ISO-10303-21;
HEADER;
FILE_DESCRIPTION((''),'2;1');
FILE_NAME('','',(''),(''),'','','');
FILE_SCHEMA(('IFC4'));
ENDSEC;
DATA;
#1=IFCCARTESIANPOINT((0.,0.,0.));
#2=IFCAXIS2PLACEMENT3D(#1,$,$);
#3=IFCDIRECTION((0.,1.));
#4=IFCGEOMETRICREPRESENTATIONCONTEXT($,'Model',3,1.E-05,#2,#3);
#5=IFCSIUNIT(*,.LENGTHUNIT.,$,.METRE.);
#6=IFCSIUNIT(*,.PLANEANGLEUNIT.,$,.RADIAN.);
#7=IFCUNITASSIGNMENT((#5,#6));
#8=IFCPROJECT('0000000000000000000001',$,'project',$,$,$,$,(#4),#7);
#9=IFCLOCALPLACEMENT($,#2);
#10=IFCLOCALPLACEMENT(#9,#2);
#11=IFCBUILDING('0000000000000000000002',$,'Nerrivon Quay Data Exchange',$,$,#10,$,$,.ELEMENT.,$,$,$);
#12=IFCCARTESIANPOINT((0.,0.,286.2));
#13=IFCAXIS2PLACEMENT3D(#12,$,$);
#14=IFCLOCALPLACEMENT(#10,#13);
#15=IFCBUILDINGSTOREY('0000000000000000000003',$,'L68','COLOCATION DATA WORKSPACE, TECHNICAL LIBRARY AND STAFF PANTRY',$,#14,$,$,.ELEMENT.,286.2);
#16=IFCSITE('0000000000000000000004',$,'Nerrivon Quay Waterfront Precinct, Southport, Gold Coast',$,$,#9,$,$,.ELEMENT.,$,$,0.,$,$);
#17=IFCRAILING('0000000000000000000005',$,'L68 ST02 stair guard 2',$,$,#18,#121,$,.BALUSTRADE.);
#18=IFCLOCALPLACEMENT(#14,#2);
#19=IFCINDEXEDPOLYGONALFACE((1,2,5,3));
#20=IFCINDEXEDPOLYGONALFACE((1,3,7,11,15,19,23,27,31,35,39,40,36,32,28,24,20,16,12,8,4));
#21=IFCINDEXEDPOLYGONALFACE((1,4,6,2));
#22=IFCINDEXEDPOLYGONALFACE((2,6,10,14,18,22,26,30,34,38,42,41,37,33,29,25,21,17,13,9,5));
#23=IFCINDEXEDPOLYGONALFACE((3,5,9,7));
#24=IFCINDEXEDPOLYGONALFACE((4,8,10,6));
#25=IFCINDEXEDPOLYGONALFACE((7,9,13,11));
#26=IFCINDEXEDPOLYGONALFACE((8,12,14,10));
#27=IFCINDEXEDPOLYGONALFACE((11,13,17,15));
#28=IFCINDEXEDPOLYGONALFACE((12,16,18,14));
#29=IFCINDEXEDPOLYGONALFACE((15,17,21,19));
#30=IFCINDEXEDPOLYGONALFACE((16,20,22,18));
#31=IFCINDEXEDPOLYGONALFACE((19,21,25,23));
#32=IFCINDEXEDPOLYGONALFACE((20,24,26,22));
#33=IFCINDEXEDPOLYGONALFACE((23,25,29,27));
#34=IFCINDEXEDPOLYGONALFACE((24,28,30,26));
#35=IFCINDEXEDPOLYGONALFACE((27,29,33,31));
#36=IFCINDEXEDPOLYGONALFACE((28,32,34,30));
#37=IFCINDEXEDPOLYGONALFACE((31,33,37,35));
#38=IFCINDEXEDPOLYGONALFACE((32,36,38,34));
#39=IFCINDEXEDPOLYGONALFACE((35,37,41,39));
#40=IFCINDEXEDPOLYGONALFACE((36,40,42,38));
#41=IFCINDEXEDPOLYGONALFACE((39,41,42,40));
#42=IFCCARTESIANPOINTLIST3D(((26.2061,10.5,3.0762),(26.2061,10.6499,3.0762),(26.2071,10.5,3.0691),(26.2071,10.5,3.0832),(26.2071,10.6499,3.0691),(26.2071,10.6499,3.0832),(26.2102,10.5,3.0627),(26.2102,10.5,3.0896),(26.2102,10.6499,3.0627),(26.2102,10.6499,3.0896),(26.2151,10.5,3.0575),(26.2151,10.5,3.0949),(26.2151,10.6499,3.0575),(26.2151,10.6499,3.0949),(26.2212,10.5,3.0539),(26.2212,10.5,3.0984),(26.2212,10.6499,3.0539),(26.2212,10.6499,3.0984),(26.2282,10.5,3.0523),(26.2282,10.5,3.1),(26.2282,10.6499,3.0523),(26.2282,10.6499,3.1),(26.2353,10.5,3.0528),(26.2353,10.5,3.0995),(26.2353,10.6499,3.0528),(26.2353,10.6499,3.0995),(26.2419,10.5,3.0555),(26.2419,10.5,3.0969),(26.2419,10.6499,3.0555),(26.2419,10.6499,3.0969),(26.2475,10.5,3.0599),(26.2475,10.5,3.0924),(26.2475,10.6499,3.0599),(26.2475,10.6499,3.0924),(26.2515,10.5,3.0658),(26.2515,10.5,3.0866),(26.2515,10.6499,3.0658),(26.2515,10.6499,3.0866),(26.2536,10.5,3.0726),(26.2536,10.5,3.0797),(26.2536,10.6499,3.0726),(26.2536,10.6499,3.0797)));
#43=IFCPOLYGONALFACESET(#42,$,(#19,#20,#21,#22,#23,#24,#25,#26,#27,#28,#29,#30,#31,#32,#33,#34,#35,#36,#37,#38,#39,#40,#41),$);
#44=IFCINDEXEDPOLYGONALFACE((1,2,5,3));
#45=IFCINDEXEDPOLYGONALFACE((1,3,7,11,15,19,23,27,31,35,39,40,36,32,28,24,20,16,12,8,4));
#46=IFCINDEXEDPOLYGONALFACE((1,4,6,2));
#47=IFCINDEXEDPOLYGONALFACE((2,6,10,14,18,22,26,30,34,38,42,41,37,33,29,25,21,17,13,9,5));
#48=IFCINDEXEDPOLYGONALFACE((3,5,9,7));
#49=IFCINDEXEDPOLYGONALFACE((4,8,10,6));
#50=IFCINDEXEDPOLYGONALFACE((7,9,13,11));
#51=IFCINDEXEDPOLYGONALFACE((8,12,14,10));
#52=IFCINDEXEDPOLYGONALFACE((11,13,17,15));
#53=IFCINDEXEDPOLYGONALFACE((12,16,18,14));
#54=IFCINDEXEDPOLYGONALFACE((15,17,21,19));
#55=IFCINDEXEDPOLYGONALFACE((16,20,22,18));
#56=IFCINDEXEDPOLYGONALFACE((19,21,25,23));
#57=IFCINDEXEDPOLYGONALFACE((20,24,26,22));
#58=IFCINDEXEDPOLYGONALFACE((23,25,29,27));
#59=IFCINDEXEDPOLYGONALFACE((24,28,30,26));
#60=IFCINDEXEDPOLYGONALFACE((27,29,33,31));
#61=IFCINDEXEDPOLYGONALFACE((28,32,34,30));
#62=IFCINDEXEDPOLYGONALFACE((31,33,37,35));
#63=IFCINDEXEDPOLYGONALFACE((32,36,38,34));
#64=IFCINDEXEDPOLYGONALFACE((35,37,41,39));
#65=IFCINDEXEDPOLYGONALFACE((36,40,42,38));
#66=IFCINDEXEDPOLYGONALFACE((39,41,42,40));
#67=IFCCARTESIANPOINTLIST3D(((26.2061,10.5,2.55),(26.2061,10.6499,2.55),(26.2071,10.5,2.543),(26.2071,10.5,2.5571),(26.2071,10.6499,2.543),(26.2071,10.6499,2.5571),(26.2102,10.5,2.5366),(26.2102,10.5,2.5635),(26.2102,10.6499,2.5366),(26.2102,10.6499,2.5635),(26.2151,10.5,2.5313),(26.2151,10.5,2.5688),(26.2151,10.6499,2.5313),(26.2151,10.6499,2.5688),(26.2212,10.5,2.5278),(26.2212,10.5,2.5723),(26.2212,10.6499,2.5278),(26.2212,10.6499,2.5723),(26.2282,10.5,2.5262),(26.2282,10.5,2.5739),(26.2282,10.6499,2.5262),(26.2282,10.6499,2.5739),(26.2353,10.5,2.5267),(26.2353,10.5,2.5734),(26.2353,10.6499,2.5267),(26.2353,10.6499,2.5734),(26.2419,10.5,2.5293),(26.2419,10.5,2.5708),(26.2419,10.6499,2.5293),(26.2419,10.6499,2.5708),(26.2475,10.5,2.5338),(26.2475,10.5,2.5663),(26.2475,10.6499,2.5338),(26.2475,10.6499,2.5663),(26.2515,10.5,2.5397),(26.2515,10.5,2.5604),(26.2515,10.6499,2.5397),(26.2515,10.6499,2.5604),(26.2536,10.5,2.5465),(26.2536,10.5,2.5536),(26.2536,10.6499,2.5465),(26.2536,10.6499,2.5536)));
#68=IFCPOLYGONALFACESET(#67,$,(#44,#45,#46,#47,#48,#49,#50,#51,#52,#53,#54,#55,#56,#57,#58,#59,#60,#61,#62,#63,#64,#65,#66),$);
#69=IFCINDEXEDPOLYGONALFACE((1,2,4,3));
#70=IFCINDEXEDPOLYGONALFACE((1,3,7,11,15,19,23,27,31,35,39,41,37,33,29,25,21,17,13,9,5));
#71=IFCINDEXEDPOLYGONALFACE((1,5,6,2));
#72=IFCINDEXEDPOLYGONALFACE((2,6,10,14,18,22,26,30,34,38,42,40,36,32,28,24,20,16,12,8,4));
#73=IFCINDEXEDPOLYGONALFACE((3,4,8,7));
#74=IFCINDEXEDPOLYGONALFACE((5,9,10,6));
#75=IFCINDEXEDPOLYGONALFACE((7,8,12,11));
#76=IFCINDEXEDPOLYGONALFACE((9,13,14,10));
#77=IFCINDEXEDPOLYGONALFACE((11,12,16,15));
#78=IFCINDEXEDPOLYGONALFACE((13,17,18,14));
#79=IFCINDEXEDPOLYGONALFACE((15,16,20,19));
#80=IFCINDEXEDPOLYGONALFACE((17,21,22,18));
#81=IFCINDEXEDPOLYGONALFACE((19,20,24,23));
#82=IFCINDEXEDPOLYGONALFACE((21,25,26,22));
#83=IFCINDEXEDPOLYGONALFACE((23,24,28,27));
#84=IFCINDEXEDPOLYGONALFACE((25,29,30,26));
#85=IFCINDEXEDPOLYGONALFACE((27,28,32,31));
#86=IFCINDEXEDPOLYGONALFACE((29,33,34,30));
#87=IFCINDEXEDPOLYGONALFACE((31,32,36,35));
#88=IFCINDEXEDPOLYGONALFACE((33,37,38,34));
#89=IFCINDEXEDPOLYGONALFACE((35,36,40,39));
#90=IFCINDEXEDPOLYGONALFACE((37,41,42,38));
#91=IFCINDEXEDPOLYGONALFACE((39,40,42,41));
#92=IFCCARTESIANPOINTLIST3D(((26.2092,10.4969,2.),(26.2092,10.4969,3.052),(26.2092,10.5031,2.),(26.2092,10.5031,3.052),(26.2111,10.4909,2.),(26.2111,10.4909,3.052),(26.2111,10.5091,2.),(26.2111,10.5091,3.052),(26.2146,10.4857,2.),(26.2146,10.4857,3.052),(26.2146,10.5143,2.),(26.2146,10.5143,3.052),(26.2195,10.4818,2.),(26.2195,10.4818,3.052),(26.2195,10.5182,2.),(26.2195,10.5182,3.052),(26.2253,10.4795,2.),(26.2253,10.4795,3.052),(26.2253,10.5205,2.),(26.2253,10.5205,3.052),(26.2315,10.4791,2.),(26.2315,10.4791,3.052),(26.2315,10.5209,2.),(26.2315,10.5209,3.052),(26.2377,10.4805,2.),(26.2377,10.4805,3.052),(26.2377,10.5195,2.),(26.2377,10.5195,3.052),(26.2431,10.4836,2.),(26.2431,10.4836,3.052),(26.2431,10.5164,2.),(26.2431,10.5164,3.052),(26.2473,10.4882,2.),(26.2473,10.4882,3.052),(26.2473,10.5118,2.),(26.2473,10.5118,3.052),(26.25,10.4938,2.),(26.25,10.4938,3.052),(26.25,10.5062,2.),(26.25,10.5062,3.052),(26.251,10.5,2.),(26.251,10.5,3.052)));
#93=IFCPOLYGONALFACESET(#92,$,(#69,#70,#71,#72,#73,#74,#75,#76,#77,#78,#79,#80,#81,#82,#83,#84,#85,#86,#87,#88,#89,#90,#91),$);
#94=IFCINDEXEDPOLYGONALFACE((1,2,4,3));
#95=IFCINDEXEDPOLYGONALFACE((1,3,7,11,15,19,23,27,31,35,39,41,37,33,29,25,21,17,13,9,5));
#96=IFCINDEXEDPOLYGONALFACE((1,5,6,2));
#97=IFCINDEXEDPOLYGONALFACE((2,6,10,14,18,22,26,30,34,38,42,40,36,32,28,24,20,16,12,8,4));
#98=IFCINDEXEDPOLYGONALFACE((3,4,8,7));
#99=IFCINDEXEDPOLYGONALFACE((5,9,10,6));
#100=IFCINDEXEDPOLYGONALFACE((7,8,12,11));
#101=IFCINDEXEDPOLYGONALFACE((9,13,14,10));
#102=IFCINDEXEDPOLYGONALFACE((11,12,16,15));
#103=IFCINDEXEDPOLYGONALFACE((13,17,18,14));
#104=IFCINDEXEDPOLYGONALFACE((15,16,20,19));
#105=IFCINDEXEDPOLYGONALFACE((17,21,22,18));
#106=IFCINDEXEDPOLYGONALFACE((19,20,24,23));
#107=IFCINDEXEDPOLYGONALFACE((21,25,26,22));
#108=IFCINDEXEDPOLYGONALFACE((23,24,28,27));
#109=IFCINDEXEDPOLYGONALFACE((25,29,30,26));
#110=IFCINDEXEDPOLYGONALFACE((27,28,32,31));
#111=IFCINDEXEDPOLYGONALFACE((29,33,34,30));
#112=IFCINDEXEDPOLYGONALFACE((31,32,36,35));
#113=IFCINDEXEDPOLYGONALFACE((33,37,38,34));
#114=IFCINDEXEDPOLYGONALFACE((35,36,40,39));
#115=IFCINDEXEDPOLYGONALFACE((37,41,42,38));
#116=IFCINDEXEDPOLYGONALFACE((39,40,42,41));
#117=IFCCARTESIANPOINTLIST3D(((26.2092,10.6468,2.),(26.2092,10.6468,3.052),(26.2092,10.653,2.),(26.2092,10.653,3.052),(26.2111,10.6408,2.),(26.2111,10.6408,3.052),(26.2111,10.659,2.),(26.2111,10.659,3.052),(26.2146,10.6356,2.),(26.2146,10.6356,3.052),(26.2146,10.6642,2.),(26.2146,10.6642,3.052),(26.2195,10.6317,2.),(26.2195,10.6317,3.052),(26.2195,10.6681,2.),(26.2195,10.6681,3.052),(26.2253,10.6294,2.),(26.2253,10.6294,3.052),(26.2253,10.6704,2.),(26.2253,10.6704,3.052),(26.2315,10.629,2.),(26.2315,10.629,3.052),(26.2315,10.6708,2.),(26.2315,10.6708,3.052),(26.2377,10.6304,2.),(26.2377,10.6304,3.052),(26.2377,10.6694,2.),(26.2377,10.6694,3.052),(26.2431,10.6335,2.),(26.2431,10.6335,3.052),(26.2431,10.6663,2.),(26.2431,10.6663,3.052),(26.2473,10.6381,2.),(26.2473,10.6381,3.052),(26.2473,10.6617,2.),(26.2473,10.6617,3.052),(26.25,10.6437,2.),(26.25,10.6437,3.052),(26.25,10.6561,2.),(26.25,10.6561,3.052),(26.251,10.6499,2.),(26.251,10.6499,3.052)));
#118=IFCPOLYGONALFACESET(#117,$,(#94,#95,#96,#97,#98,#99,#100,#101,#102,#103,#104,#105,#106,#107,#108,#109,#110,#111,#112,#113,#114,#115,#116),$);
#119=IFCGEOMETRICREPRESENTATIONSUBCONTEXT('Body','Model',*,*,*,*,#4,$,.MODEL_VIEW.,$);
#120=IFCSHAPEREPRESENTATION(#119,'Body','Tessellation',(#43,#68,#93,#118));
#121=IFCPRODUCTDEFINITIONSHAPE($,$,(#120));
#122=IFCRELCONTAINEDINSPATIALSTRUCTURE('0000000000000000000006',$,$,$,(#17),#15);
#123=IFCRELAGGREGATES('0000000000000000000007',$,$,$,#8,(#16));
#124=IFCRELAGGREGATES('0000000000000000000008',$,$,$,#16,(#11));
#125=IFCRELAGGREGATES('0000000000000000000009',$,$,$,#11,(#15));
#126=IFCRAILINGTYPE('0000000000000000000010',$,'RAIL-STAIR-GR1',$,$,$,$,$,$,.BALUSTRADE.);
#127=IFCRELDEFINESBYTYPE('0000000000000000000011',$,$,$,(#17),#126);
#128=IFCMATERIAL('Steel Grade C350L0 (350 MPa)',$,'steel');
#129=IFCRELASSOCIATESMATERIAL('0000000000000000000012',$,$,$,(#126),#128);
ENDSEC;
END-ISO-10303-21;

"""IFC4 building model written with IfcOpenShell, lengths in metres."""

from ifc_helpers import new_model, si_unit, direction, frame, origin, origin_2d, place, context, subcontext, project, spatial, circle, extrude, material, type_object, element, save


model = new_model("IFC4")

# Units and contexts
model_context = context("Model", 3, precision=1e-05, world=origin(), true_north=direction((0.0, 1.0)))
body_context = subcontext(model_context, "Body", "Model", "MODEL_VIEW")
ifc_project = project(units=[si_unit("LENGTHUNIT", "METRE"), si_unit("PLANEANGLEUNIT", "RADIAN")], contexts=[model_context])

# Site, building, storey
site_placement = place(None, origin())
site = spatial("IfcSite", under=ifc_project, at=site_placement, Name="Nerrivon Quay Waterfront Precinct, Southport, Gold Coast", CompositionType="ELEMENT", RefElevation=0.0)
building_placement = place(site_placement, origin())
building = spatial("IfcBuilding", under=site, at=building_placement, Name="Nerrivon Quay Data Exchange", CompositionType="ELEMENT")
storey_placement = place(building_placement, frame((0.0, 0.0, 286.2)))
storey = spatial("IfcBuildingStorey", under=building, at=storey_placement, Name="L68", Description="COLOCATION DATA WORKSPACE, TECHNICAL LIBRARY AND STAFF PANTRY", CompositionType="ELEMENT", Elevation=286.2)

# Shared definitions
ifc_material_1 = material(Name="Steel Grade C350L0 (350 MPa)", Category="steel")

# Railing
railing_type_1 = type_object("IfcRailingType", Name="RAIL-STAIR-GR1", PredefinedType="BALUSTRADE", material=ifc_material_1)
railing_1_placement = place(storey_placement, frame((26.23, 10.5, 2.0)))
element("IfcRailing", 1, at=railing_1_placement, inside=storey, type_object=railing_type_1, Name="L68 ST02 stair guard 2", PredefinedType="BALUSTRADE", context=body_context, shape_type="SweptSolid", body=[
    extrude(circle(Radius=0.0239, at=origin_2d()), frame((0.0, 0.0, 1.0762), z_axis=(0.0, 1.0, 0.0), x_axis=(-1.0, 0.0, 0.0)), (0.0, 0.0, 1.0), 0.1499),
    extrude(circle(Radius=0.0239, at=origin_2d()), frame((0.0, 0.0, 0.55), z_axis=(0.0, 1.0, 0.0), x_axis=(-1.0, 0.0, 0.0)), (0.0, 0.0, 1.0), 0.1499),
    extrude(circle(Radius=0.021, at=origin_2d()), origin(), (0.0, 0.0, 1.0), 1.052),
    extrude(circle(Radius=0.021, at=origin_2d()), frame((0.0, 0.1499, 0.0)), (0.0, 0.0, 1.0), 1.052),
])

save(model, "model.ifc")
